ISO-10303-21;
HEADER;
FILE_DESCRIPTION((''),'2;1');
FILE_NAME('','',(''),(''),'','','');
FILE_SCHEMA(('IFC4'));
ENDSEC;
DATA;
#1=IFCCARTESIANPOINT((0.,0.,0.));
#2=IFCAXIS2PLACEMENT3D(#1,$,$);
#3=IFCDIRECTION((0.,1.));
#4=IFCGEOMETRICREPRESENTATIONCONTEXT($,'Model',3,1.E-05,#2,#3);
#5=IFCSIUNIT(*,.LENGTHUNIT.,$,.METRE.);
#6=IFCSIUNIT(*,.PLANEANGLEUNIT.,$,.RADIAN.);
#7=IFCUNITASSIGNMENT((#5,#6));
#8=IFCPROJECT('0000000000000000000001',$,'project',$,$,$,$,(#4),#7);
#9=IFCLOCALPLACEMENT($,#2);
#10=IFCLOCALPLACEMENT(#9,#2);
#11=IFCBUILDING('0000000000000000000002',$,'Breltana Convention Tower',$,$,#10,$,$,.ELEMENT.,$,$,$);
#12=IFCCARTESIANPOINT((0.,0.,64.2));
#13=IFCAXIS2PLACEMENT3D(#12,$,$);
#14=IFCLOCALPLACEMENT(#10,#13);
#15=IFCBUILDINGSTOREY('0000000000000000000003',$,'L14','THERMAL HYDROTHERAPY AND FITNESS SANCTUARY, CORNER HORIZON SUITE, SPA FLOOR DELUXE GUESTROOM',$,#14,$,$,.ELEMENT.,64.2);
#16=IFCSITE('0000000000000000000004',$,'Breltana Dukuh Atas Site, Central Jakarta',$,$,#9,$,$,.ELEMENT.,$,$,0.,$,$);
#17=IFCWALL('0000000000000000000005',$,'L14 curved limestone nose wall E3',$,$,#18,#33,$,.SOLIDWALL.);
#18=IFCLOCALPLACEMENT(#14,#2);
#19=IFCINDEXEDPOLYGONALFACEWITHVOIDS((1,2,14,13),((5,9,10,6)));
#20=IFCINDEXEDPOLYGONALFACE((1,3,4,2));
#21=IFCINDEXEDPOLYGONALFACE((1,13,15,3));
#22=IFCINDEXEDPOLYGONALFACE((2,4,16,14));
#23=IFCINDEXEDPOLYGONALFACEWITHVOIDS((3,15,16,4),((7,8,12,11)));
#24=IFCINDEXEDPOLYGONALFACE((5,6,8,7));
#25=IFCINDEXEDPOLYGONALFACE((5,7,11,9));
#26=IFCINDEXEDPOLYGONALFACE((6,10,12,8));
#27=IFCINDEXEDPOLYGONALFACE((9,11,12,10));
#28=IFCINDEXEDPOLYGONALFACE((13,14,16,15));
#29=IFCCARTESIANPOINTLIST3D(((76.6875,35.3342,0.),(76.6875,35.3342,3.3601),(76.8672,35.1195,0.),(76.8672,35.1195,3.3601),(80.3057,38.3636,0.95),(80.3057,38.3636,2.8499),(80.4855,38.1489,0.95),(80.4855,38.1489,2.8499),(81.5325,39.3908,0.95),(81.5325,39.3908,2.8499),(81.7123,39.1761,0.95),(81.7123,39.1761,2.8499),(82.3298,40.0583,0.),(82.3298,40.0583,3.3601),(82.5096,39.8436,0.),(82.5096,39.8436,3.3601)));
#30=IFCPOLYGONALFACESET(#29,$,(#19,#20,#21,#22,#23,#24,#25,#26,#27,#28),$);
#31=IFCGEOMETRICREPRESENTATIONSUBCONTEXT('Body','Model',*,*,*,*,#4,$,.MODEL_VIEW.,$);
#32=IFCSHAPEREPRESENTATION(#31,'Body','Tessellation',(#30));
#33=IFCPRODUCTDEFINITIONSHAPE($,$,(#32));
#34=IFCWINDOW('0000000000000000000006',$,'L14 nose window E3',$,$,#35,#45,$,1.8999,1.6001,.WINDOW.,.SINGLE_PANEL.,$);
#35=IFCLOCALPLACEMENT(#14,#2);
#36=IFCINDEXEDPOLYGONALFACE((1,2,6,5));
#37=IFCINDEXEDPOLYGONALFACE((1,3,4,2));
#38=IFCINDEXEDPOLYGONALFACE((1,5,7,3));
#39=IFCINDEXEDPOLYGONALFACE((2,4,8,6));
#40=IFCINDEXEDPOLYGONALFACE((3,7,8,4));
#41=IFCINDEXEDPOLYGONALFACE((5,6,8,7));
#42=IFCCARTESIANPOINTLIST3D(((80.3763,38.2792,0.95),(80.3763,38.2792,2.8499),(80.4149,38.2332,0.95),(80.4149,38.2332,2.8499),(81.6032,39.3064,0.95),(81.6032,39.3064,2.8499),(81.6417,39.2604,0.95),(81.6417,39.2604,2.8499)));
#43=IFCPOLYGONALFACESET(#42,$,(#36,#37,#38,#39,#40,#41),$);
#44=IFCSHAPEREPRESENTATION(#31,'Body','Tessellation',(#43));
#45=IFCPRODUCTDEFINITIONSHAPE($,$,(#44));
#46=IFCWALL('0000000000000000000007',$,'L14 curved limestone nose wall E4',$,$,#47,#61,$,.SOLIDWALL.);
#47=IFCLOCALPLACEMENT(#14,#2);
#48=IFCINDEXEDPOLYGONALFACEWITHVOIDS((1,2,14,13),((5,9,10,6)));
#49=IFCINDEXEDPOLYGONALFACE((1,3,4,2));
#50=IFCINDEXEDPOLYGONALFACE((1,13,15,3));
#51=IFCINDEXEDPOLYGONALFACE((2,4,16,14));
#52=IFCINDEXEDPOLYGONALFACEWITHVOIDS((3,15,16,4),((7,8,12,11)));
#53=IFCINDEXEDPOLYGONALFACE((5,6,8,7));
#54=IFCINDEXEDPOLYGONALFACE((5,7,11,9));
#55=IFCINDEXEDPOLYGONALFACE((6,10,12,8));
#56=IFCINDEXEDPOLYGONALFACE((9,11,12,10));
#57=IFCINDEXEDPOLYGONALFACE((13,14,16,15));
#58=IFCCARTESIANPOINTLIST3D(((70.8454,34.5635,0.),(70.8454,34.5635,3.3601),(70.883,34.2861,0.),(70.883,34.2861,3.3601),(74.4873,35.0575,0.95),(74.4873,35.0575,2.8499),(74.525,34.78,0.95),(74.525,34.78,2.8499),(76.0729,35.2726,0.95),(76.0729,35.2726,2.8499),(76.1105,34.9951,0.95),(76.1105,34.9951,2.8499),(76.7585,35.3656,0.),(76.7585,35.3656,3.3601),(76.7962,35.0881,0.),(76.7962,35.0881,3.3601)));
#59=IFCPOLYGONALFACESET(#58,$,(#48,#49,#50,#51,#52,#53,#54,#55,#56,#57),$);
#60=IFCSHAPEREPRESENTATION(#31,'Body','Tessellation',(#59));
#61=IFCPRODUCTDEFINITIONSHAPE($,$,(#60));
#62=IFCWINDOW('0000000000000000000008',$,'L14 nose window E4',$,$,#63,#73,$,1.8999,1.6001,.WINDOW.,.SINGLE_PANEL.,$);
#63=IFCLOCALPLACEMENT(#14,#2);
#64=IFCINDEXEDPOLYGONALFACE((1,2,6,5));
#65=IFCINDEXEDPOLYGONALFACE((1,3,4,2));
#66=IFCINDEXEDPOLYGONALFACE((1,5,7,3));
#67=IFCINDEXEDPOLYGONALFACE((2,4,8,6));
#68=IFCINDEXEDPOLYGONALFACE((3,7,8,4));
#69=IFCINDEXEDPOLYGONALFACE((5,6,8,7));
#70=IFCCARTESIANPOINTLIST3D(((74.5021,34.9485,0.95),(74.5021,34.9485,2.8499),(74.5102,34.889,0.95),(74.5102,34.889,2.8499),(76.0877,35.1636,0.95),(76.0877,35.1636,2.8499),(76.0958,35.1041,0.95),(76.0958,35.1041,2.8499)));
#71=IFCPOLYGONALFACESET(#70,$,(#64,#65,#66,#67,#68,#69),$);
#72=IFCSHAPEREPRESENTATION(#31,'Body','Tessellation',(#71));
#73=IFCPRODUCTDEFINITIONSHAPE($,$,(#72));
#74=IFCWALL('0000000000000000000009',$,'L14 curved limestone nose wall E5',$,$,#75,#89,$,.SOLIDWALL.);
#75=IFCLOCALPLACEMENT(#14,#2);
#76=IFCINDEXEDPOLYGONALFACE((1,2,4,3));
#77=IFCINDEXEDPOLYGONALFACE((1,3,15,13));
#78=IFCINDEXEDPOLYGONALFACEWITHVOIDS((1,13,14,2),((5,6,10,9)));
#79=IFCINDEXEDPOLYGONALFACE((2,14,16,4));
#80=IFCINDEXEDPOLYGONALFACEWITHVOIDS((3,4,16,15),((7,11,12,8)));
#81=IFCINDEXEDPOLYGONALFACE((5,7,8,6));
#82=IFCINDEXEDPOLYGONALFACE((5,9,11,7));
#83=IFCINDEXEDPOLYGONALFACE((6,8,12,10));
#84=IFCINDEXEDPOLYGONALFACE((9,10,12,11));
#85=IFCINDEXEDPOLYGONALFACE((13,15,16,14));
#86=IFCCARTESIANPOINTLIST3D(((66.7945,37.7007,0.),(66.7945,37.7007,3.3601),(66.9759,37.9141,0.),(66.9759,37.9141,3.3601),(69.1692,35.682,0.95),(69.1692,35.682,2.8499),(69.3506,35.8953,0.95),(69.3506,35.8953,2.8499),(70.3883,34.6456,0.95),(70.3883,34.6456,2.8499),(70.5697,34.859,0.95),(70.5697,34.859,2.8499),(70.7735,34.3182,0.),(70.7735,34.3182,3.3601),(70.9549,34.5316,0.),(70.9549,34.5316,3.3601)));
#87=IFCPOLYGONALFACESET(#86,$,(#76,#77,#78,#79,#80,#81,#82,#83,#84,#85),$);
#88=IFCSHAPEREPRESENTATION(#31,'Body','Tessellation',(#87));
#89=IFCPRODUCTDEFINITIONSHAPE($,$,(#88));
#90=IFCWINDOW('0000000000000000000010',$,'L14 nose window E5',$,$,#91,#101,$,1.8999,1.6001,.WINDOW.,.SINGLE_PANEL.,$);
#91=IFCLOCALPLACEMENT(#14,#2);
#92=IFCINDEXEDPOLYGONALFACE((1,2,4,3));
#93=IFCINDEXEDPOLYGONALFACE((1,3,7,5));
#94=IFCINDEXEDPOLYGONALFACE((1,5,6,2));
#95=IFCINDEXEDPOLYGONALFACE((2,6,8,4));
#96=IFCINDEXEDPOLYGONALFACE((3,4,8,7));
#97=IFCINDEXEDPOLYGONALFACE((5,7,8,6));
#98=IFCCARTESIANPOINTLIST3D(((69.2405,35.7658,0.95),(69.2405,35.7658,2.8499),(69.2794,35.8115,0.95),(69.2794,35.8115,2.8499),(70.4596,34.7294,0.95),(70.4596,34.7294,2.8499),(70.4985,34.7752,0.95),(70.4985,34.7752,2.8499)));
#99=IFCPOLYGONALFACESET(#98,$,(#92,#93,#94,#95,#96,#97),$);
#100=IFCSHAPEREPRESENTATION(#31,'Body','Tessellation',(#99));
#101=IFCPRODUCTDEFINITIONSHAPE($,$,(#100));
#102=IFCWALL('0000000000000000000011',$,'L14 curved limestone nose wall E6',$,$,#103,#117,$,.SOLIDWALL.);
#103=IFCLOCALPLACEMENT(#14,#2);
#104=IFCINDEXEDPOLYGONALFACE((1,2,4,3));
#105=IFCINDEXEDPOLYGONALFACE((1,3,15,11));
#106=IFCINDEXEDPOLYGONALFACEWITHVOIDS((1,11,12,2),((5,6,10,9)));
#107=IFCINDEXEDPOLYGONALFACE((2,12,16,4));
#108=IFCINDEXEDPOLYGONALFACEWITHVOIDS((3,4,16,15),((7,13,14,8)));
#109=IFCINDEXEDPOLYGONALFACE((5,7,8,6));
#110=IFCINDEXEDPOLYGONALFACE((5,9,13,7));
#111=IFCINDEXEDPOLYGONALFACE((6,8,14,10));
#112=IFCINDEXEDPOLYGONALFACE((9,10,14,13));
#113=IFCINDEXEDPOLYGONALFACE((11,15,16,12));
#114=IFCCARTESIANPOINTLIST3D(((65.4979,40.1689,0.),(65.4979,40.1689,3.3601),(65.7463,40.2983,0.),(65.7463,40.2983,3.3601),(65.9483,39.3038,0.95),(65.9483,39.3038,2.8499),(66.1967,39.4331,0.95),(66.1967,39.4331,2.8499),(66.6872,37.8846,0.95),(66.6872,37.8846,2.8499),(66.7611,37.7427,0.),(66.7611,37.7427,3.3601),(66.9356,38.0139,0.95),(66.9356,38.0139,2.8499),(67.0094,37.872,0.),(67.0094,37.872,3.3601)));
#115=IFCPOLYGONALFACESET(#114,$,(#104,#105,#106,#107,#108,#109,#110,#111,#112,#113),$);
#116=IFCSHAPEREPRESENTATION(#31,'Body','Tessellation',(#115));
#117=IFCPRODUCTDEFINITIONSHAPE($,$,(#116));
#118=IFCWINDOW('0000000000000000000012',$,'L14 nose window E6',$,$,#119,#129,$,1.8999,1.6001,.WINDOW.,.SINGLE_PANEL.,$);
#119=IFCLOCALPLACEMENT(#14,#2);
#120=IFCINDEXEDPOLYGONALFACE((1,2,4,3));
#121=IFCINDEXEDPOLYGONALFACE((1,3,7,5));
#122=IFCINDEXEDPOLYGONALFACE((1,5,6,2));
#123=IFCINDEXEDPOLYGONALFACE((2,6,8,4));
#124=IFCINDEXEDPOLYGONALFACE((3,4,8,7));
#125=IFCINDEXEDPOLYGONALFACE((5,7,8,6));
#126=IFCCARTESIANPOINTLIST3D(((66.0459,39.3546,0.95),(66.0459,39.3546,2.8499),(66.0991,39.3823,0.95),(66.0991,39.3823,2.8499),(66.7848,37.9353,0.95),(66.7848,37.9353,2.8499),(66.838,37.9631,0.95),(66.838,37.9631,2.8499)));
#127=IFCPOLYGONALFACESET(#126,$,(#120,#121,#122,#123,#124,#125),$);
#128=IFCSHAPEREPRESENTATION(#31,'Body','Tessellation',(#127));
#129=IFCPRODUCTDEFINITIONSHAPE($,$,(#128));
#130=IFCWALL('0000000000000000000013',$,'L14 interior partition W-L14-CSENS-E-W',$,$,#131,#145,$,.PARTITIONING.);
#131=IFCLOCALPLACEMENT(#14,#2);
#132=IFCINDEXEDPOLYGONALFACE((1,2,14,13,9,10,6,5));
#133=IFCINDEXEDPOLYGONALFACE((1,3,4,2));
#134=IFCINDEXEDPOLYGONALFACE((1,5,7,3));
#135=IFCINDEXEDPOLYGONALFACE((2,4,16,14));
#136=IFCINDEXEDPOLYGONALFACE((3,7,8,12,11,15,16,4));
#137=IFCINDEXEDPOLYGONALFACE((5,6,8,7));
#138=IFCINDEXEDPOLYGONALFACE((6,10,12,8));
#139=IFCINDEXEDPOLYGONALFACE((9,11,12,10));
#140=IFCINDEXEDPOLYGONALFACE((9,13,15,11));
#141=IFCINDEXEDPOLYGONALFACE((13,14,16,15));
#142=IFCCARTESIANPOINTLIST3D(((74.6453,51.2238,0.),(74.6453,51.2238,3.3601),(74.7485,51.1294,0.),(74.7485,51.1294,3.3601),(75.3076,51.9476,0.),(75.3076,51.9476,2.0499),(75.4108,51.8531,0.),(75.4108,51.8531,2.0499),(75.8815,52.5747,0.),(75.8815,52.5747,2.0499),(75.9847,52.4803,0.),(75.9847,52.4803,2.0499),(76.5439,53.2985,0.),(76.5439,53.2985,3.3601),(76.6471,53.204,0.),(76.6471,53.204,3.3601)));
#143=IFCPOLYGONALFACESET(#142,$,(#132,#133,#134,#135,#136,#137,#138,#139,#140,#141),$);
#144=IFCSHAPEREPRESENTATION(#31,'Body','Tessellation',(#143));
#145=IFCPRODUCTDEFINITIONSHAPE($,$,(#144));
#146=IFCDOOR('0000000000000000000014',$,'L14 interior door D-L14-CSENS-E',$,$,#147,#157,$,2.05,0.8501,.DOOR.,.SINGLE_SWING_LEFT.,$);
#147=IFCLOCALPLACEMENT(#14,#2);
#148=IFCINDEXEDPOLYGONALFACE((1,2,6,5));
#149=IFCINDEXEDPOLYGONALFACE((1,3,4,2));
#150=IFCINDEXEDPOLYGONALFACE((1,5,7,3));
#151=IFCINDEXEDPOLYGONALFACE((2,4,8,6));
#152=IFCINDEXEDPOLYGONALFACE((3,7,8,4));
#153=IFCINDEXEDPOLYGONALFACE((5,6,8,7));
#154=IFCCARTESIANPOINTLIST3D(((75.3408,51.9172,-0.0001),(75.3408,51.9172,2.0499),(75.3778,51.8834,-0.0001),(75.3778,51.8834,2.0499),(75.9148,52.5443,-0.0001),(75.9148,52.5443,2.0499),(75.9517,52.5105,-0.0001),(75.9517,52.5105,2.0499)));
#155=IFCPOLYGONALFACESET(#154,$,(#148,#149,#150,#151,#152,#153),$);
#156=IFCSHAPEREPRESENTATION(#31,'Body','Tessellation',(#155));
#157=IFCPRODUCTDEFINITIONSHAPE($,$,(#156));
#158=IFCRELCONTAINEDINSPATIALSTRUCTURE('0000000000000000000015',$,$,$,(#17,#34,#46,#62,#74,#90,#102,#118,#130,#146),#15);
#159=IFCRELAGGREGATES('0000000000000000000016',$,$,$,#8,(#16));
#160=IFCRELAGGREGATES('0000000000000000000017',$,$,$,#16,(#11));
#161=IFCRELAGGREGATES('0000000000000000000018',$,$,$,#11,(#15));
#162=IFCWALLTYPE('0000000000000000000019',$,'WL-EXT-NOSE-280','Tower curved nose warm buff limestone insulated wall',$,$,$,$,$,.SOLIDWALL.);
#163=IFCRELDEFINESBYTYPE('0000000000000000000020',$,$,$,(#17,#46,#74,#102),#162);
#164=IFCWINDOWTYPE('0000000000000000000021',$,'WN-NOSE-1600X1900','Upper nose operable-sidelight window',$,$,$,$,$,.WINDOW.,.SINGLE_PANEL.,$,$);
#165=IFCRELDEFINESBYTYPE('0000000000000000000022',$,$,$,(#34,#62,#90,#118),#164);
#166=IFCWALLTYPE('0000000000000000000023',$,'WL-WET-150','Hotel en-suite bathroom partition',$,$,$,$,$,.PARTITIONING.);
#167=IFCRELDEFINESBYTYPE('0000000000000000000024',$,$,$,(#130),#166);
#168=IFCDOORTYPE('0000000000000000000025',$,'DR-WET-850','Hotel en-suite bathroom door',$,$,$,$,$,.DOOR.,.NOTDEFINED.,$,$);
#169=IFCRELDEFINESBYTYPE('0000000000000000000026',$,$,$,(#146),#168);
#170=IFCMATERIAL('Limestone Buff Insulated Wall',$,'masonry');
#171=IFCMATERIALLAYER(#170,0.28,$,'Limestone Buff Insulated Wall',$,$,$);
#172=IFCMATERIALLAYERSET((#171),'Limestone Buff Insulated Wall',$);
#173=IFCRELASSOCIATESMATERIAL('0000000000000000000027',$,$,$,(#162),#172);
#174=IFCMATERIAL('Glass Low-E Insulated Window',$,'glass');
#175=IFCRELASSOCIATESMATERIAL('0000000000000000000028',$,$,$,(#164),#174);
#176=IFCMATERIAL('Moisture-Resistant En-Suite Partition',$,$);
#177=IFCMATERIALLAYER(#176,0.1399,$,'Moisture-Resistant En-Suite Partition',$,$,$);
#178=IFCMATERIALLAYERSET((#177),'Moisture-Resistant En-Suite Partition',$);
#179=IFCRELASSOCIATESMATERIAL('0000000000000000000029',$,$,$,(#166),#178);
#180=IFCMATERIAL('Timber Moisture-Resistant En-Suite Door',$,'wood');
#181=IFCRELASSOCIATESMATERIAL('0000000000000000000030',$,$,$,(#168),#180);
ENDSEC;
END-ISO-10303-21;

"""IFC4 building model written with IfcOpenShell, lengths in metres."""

from ifc_helpers import new_model, si_unit, direction, frame, frame_2d, origin, place, context, subcontext, project, spatial, rectangle, extrude, source, transform, mapped, material, layer, layer_set, type_object, type_shapes, element, fill, save


model = new_model("IFC4")

# Units and contexts
model_context = context("Model", 3, precision=1e-05, world=origin(), true_north=direction((0.0, 1.0)))
body_context = subcontext(model_context, "Body", "Model", "MODEL_VIEW")
ifc_project = project(units=[si_unit("LENGTHUNIT", "METRE"), si_unit("PLANEANGLEUNIT", "RADIAN")], contexts=[model_context])

# Site, building, storey
site_placement = place(None, origin())
site = spatial("IfcSite", under=ifc_project, at=site_placement, Name="Breltana Dukuh Atas Site, Central Jakarta", CompositionType="ELEMENT", RefElevation=0.0)
building_placement = place(site_placement, origin())
building = spatial("IfcBuilding", under=site, at=building_placement, Name="Breltana Convention Tower", CompositionType="ELEMENT")
storey_placement = place(building_placement, frame((0.0, 0.0, 64.2)))
storey = spatial("IfcBuildingStorey", under=building, at=storey_placement, Name="L14", Description="THERMAL HYDROTHERAPY AND FITNESS SANCTUARY, CORNER HORIZON SUITE, SPA FLOOR DELUXE GUESTROOM", CompositionType="ELEMENT", Elevation=64.2)

# Walls, openings, windows
ifc_material_1 = material(Name="Limestone Buff Insulated Wall", Category="masonry")
ifc_layer_1 = layer(ifc_material_1, 0.28, Name="Limestone Buff Insulated Wall")
ifc_layer_set_1 = layer_set([ifc_layer_1], Name="Limestone Buff Insulated Wall")
wall_type_1 = type_object("IfcWallType", Name="WL-EXT-NOSE-280", Description="Tower curved nose warm buff limestone insulated wall", PredefinedType="SOLIDWALL", material=ifc_layer_set_1)
ifc_material_2 = material(Name="Glass Low-E Insulated Window", Category="glass")
window_type = type_object("IfcWindowType", Name="WN-NOSE-1600X1900", Description="Upper nose operable-sidelight window", PartitioningType="SINGLE_PANEL", PredefinedType="WINDOW", material=ifc_material_2)
shared_shape_1 = source(origin(), body_context, "Body", "SweptSolid", [
    extrude(rectangle(XDim=1.6001, YDim=1.8999, at=frame_2d((0.8, 0.95))), frame((0.0, 0.03, 0.0), z_axis=(0.0, -1.0, 0.0), x_axis=(1.0, 0.0, 0.0)), (0.0, 0.0, 1.0), 0.0601),
])
type_shapes(window_type, [shared_shape_1])
shared_shape_2 = source(origin(), body_context, "Body", "SweptSolid", [
    extrude(rectangle(XDim=7.3589, YDim=0.28, at=frame_2d((3.6794, 0.0))), origin(), (0.0, 0.0, 1.0), 3.3601),
])
wall_1_placement = place(storey_placement, frame((82.4197, 39.9509, 0.0), z_axis=(0.0, 0.0, 1.0), x_axis=(-0.766737, -0.641961, 0.0)))
wall_1 = element("IfcWall", 1, at=wall_1_placement, inside=storey, type_object=wall_type_1, Name="L14 curved limestone nose wall E3", PredefinedType="SOLIDWALL", context=body_context, shape_type="MappedRepresentation", body=[
    mapped(shared_shape_2, transform((0.0, 0.0, 0.0), scale=1.0)),
])
opening_1_placement = place(wall_1_placement, frame((1.0398, 0.0, 0.95)))
opening_1 = element("IfcOpeningElement", 2, at=opening_1_placement, cuts=wall_1, PredefinedType="OPENING", context=body_context, shape_type="SweptSolid", body=[
    extrude(rectangle(XDim=1.6001, YDim=1.8999, at=frame_2d((0.8, 0.95))), frame((0.0, 0.1499, 0.0), z_axis=(0.0, -1.0, 0.0), x_axis=(1.0, 0.0, 0.0)), (0.0, 0.0, 1.0), 0.3),
])
window_1_placement = place(opening_1_placement, origin())
window_1 = element("IfcWindow", 3, at=window_1_placement, inside=storey, type_object=window_type, Name="L14 nose window E3", OverallHeight=1.8999, OverallWidth=1.6001, PartitioningType="SINGLE_PANEL", PredefinedType="WINDOW", context=body_context, shape_type="MappedRepresentation", body=[
    mapped(shared_shape_1, transform((0.0, 0.0, 0.0), scale=1.0)),
])
fill(opening_1, window_1)
shared_shape_3 = source(origin(), body_context, "Body", "SweptSolid", [
    extrude(rectangle(XDim=5.9673, YDim=0.28, at=frame_2d((2.9836, 0.0))), origin(), (0.0, 0.0, 1.0), 3.3601),
])
wall_2_placement = place(storey_placement, frame((76.7773, 35.2268, 0.0), z_axis=(0.0, 0.0, 1.0), x_axis=(-0.990927, -0.134401, 0.0)))
wall_2 = element("IfcWall", 4, at=wall_2_placement, inside=storey, type_object=wall_type_1, Name="L14 curved limestone nose wall E4", PredefinedType="SOLIDWALL", context=body_context, shape_type="MappedRepresentation", body=[
    mapped(shared_shape_3, transform((0.0, 0.0, 0.0), scale=1.0)),
])
opening_2_placement = place(wall_2_placement, frame((0.6919, 0.0, 0.95)))
opening_2 = element("IfcOpeningElement", 5, at=opening_2_placement, cuts=wall_2, PredefinedType="OPENING", context=body_context, shape_type="SweptSolid", body=[
    extrude(rectangle(XDim=1.6001, YDim=1.8999, at=frame_2d((0.8, 0.95))), frame((0.0, 0.1499, 0.0), z_axis=(0.0, -1.0, 0.0), x_axis=(1.0, 0.0, 0.0)), (0.0, 0.0, 1.0), 0.3),
])
window_2_placement = place(opening_2_placement, origin())
window_2 = element("IfcWindow", 6, at=window_2_placement, inside=storey, type_object=window_type, Name="L14 nose window E4", OverallHeight=1.8999, OverallWidth=1.6001, PartitioningType="SINGLE_PANEL", PredefinedType="WINDOW", context=body_context, shape_type="MappedRepresentation", body=[
    mapped(shared_shape_1, transform((0.0, 0.0, 0.0), scale=1.0)),
])
fill(opening_2, window_2)
shared_shape_4 = source(origin(), body_context, "Body", "SweptSolid", [
    extrude(rectangle(XDim=5.2224, YDim=0.28, at=frame_2d((2.6113, 0.0))), origin(), (0.0, 0.0, 1.0), 3.3601),
])
wall_3_placement = place(storey_placement, frame((70.8643, 34.4248, 0.0), z_axis=(0.0, 0.0, 1.0), x_axis=(-0.7619, 0.647695, 0.0)))
wall_3 = element("IfcWall", 7, at=wall_3_placement, inside=storey, type_object=wall_type_1, Name="L14 curved limestone nose wall E5", PredefinedType="SOLIDWALL", context=body_context, shape_type="MappedRepresentation", body=[
    mapped(shared_shape_4, transform((0.0, 0.0, 0.0), scale=1.0)),
])
opening_3_placement = place(wall_3_placement, frame((0.5056, 0.0, 0.95)))
opening_3 = element("IfcOpeningElement", 8, at=opening_3_placement, cuts=wall_3, PredefinedType="OPENING", context=body_context, shape_type="SweptSolid", body=[
    extrude(rectangle(XDim=1.6001, YDim=1.8999, at=frame_2d((0.8, 0.95))), frame((0.0, 0.1499, 0.0), z_axis=(0.0, -1.0, 0.0), x_axis=(1.0, 0.0, 0.0)), (0.0, 0.0, 1.0), 0.3),
])
window_3_placement = place(opening_3_placement, origin())
window_3 = element("IfcWindow", 9, at=window_3_placement, inside=storey, type_object=window_type, Name="L14 nose window E5", OverallHeight=1.8999, OverallWidth=1.6001, PartitioningType="SINGLE_PANEL", PredefinedType="WINDOW", context=body_context, shape_type="MappedRepresentation", body=[
    mapped(shared_shape_1, transform((0.0, 0.0, 0.0), scale=1.0)),
])
fill(opening_3, window_3)
shared_shape_5 = source(origin(), body_context, "Body", "SweptSolid", [
    extrude(rectangle(XDim=2.7354, YDim=0.28, at=frame_2d((1.3677, 0.0))), origin(), (0.0, 0.0, 1.0), 3.3601),
])
wall_4_placement = place(storey_placement, frame((66.8853, 37.8074, 0.0), z_axis=(0.0, 0.0, 1.0), x_axis=(-0.461791, 0.886989, 0.0)))
wall_4 = element("IfcWall", 10, at=wall_4_placement, inside=storey, type_object=wall_type_1, Name="L14 curved limestone nose wall E6", PredefinedType="SOLIDWALL", context=body_context, shape_type="MappedRepresentation", body=[
    mapped(shared_shape_5, transform((0.0, 0.0, 0.0), scale=1.0)),
])
opening_4_placement = place(wall_4_placement, frame((0.1599, 0.0, 0.95)))
opening_4 = element("IfcOpeningElement", 11, at=opening_4_placement, cuts=wall_4, PredefinedType="OPENING", context=body_context, shape_type="SweptSolid", body=[
    extrude(rectangle(XDim=1.6001, YDim=1.8999, at=frame_2d((0.8, 0.95))), frame((0.0, 0.1499, 0.0), z_axis=(0.0, -1.0, 0.0), x_axis=(1.0, 0.0, 0.0)), (0.0, 0.0, 1.0), 0.3),
])
window_4_placement = place(opening_4_placement, origin())
window_4 = element("IfcWindow", 12, at=window_4_placement, inside=storey, type_object=window_type, Name="L14 nose window E6", OverallHeight=1.8999, OverallWidth=1.6001, PartitioningType="SINGLE_PANEL", PredefinedType="WINDOW", context=body_context, shape_type="MappedRepresentation", body=[
    mapped(shared_shape_1, transform((0.0, 0.0, 0.0), scale=1.0)),
])
fill(opening_4, window_4)

# Wall, opening, door
ifc_material_3 = material(Name="Moisture-Resistant En-Suite Partition")
ifc_layer_2 = layer(ifc_material_3, 0.1399, Name="Moisture-Resistant En-Suite Partition")
ifc_layer_set_2 = layer_set([ifc_layer_2], Name="Moisture-Resistant En-Suite Partition")
wall_type_2 = type_object("IfcWallType", Name="WL-WET-150", Description="Hotel en-suite bathroom partition", PredefinedType="PARTITIONING", material=ifc_layer_set_2)
shared_shape_6 = source(origin(), body_context, "Body", "SweptSolid", [
    extrude(rectangle(XDim=2.8123, YDim=0.1399, at=frame_2d((1.4062, 0.0))), origin(), (0.0, 0.0, 1.0), 3.3601),
])
wall_5_placement = place(storey_placement, frame((74.6968, 51.1765, 0.0), z_axis=(0.0, 0.0, 1.0), x_axis=(0.675119, 0.737709, 0.0)))
wall_5 = element("IfcWall", 13, at=wall_5_placement, inside=storey, type_object=wall_type_2, Name="L14 interior partition W-L14-CSENS-E-W", PredefinedType="PARTITIONING", context=body_context, shape_type="MappedRepresentation", body=[
    mapped(shared_shape_6, transform((0.0, 0.0, 0.0), scale=1.0)),
])
opening_5_placement = place(wall_5_placement, frame((0.9812, 0.0, 0.0)))
opening_5 = element("IfcOpeningElement", 14, at=opening_5_placement, cuts=wall_5, PredefinedType="OPENING", context=body_context, shape_type="SweptSolid", body=[
    extrude(rectangle(XDim=0.8501, YDim=2.05, at=frame_2d((0.425, 1.0249))), frame((0.0, 0.0801, 0.0), z_axis=(0.0, -1.0, 0.0), x_axis=(1.0, 0.0, 0.0)), (0.0, 0.0, 1.0), 0.1599),
])
ifc_material_4 = material(Name="Timber Moisture-Resistant En-Suite Door", Category="wood")
door_type_1 = type_object("IfcDoorType", Name="DR-WET-850", Description="Hotel en-suite bathroom door", OperationType="NOTDEFINED", PredefinedType="DOOR", material=ifc_material_4)
shared_shape_7 = source(origin(), body_context, "Body", "SweptSolid", [
    extrude(rectangle(XDim=0.8501, YDim=2.05, at=frame_2d((0.425, 1.0249))), frame((0.0, 0.0249, 0.0), z_axis=(0.0, -1.0, 0.0), x_axis=(1.0, 0.0, 0.0)), (0.0, 0.0, 1.0), 0.05),
])
type_shapes(door_type_1, [shared_shape_7])
door_1_placement = place(opening_5_placement, origin())
door_1 = element("IfcDoor", 15, at=door_1_placement, inside=storey, type_object=door_type_1, Name="L14 interior door D-L14-CSENS-E", OperationType="SINGLE_SWING_LEFT", OverallHeight=2.05, OverallWidth=0.8501, PredefinedType="DOOR", context=body_context, shape_type="MappedRepresentation", body=[
    mapped(shared_shape_7, transform((0.0, 0.0, 0.0), scale=1.0)),
])
fill(opening_5, door_1)

save(model, "model.ifc")
